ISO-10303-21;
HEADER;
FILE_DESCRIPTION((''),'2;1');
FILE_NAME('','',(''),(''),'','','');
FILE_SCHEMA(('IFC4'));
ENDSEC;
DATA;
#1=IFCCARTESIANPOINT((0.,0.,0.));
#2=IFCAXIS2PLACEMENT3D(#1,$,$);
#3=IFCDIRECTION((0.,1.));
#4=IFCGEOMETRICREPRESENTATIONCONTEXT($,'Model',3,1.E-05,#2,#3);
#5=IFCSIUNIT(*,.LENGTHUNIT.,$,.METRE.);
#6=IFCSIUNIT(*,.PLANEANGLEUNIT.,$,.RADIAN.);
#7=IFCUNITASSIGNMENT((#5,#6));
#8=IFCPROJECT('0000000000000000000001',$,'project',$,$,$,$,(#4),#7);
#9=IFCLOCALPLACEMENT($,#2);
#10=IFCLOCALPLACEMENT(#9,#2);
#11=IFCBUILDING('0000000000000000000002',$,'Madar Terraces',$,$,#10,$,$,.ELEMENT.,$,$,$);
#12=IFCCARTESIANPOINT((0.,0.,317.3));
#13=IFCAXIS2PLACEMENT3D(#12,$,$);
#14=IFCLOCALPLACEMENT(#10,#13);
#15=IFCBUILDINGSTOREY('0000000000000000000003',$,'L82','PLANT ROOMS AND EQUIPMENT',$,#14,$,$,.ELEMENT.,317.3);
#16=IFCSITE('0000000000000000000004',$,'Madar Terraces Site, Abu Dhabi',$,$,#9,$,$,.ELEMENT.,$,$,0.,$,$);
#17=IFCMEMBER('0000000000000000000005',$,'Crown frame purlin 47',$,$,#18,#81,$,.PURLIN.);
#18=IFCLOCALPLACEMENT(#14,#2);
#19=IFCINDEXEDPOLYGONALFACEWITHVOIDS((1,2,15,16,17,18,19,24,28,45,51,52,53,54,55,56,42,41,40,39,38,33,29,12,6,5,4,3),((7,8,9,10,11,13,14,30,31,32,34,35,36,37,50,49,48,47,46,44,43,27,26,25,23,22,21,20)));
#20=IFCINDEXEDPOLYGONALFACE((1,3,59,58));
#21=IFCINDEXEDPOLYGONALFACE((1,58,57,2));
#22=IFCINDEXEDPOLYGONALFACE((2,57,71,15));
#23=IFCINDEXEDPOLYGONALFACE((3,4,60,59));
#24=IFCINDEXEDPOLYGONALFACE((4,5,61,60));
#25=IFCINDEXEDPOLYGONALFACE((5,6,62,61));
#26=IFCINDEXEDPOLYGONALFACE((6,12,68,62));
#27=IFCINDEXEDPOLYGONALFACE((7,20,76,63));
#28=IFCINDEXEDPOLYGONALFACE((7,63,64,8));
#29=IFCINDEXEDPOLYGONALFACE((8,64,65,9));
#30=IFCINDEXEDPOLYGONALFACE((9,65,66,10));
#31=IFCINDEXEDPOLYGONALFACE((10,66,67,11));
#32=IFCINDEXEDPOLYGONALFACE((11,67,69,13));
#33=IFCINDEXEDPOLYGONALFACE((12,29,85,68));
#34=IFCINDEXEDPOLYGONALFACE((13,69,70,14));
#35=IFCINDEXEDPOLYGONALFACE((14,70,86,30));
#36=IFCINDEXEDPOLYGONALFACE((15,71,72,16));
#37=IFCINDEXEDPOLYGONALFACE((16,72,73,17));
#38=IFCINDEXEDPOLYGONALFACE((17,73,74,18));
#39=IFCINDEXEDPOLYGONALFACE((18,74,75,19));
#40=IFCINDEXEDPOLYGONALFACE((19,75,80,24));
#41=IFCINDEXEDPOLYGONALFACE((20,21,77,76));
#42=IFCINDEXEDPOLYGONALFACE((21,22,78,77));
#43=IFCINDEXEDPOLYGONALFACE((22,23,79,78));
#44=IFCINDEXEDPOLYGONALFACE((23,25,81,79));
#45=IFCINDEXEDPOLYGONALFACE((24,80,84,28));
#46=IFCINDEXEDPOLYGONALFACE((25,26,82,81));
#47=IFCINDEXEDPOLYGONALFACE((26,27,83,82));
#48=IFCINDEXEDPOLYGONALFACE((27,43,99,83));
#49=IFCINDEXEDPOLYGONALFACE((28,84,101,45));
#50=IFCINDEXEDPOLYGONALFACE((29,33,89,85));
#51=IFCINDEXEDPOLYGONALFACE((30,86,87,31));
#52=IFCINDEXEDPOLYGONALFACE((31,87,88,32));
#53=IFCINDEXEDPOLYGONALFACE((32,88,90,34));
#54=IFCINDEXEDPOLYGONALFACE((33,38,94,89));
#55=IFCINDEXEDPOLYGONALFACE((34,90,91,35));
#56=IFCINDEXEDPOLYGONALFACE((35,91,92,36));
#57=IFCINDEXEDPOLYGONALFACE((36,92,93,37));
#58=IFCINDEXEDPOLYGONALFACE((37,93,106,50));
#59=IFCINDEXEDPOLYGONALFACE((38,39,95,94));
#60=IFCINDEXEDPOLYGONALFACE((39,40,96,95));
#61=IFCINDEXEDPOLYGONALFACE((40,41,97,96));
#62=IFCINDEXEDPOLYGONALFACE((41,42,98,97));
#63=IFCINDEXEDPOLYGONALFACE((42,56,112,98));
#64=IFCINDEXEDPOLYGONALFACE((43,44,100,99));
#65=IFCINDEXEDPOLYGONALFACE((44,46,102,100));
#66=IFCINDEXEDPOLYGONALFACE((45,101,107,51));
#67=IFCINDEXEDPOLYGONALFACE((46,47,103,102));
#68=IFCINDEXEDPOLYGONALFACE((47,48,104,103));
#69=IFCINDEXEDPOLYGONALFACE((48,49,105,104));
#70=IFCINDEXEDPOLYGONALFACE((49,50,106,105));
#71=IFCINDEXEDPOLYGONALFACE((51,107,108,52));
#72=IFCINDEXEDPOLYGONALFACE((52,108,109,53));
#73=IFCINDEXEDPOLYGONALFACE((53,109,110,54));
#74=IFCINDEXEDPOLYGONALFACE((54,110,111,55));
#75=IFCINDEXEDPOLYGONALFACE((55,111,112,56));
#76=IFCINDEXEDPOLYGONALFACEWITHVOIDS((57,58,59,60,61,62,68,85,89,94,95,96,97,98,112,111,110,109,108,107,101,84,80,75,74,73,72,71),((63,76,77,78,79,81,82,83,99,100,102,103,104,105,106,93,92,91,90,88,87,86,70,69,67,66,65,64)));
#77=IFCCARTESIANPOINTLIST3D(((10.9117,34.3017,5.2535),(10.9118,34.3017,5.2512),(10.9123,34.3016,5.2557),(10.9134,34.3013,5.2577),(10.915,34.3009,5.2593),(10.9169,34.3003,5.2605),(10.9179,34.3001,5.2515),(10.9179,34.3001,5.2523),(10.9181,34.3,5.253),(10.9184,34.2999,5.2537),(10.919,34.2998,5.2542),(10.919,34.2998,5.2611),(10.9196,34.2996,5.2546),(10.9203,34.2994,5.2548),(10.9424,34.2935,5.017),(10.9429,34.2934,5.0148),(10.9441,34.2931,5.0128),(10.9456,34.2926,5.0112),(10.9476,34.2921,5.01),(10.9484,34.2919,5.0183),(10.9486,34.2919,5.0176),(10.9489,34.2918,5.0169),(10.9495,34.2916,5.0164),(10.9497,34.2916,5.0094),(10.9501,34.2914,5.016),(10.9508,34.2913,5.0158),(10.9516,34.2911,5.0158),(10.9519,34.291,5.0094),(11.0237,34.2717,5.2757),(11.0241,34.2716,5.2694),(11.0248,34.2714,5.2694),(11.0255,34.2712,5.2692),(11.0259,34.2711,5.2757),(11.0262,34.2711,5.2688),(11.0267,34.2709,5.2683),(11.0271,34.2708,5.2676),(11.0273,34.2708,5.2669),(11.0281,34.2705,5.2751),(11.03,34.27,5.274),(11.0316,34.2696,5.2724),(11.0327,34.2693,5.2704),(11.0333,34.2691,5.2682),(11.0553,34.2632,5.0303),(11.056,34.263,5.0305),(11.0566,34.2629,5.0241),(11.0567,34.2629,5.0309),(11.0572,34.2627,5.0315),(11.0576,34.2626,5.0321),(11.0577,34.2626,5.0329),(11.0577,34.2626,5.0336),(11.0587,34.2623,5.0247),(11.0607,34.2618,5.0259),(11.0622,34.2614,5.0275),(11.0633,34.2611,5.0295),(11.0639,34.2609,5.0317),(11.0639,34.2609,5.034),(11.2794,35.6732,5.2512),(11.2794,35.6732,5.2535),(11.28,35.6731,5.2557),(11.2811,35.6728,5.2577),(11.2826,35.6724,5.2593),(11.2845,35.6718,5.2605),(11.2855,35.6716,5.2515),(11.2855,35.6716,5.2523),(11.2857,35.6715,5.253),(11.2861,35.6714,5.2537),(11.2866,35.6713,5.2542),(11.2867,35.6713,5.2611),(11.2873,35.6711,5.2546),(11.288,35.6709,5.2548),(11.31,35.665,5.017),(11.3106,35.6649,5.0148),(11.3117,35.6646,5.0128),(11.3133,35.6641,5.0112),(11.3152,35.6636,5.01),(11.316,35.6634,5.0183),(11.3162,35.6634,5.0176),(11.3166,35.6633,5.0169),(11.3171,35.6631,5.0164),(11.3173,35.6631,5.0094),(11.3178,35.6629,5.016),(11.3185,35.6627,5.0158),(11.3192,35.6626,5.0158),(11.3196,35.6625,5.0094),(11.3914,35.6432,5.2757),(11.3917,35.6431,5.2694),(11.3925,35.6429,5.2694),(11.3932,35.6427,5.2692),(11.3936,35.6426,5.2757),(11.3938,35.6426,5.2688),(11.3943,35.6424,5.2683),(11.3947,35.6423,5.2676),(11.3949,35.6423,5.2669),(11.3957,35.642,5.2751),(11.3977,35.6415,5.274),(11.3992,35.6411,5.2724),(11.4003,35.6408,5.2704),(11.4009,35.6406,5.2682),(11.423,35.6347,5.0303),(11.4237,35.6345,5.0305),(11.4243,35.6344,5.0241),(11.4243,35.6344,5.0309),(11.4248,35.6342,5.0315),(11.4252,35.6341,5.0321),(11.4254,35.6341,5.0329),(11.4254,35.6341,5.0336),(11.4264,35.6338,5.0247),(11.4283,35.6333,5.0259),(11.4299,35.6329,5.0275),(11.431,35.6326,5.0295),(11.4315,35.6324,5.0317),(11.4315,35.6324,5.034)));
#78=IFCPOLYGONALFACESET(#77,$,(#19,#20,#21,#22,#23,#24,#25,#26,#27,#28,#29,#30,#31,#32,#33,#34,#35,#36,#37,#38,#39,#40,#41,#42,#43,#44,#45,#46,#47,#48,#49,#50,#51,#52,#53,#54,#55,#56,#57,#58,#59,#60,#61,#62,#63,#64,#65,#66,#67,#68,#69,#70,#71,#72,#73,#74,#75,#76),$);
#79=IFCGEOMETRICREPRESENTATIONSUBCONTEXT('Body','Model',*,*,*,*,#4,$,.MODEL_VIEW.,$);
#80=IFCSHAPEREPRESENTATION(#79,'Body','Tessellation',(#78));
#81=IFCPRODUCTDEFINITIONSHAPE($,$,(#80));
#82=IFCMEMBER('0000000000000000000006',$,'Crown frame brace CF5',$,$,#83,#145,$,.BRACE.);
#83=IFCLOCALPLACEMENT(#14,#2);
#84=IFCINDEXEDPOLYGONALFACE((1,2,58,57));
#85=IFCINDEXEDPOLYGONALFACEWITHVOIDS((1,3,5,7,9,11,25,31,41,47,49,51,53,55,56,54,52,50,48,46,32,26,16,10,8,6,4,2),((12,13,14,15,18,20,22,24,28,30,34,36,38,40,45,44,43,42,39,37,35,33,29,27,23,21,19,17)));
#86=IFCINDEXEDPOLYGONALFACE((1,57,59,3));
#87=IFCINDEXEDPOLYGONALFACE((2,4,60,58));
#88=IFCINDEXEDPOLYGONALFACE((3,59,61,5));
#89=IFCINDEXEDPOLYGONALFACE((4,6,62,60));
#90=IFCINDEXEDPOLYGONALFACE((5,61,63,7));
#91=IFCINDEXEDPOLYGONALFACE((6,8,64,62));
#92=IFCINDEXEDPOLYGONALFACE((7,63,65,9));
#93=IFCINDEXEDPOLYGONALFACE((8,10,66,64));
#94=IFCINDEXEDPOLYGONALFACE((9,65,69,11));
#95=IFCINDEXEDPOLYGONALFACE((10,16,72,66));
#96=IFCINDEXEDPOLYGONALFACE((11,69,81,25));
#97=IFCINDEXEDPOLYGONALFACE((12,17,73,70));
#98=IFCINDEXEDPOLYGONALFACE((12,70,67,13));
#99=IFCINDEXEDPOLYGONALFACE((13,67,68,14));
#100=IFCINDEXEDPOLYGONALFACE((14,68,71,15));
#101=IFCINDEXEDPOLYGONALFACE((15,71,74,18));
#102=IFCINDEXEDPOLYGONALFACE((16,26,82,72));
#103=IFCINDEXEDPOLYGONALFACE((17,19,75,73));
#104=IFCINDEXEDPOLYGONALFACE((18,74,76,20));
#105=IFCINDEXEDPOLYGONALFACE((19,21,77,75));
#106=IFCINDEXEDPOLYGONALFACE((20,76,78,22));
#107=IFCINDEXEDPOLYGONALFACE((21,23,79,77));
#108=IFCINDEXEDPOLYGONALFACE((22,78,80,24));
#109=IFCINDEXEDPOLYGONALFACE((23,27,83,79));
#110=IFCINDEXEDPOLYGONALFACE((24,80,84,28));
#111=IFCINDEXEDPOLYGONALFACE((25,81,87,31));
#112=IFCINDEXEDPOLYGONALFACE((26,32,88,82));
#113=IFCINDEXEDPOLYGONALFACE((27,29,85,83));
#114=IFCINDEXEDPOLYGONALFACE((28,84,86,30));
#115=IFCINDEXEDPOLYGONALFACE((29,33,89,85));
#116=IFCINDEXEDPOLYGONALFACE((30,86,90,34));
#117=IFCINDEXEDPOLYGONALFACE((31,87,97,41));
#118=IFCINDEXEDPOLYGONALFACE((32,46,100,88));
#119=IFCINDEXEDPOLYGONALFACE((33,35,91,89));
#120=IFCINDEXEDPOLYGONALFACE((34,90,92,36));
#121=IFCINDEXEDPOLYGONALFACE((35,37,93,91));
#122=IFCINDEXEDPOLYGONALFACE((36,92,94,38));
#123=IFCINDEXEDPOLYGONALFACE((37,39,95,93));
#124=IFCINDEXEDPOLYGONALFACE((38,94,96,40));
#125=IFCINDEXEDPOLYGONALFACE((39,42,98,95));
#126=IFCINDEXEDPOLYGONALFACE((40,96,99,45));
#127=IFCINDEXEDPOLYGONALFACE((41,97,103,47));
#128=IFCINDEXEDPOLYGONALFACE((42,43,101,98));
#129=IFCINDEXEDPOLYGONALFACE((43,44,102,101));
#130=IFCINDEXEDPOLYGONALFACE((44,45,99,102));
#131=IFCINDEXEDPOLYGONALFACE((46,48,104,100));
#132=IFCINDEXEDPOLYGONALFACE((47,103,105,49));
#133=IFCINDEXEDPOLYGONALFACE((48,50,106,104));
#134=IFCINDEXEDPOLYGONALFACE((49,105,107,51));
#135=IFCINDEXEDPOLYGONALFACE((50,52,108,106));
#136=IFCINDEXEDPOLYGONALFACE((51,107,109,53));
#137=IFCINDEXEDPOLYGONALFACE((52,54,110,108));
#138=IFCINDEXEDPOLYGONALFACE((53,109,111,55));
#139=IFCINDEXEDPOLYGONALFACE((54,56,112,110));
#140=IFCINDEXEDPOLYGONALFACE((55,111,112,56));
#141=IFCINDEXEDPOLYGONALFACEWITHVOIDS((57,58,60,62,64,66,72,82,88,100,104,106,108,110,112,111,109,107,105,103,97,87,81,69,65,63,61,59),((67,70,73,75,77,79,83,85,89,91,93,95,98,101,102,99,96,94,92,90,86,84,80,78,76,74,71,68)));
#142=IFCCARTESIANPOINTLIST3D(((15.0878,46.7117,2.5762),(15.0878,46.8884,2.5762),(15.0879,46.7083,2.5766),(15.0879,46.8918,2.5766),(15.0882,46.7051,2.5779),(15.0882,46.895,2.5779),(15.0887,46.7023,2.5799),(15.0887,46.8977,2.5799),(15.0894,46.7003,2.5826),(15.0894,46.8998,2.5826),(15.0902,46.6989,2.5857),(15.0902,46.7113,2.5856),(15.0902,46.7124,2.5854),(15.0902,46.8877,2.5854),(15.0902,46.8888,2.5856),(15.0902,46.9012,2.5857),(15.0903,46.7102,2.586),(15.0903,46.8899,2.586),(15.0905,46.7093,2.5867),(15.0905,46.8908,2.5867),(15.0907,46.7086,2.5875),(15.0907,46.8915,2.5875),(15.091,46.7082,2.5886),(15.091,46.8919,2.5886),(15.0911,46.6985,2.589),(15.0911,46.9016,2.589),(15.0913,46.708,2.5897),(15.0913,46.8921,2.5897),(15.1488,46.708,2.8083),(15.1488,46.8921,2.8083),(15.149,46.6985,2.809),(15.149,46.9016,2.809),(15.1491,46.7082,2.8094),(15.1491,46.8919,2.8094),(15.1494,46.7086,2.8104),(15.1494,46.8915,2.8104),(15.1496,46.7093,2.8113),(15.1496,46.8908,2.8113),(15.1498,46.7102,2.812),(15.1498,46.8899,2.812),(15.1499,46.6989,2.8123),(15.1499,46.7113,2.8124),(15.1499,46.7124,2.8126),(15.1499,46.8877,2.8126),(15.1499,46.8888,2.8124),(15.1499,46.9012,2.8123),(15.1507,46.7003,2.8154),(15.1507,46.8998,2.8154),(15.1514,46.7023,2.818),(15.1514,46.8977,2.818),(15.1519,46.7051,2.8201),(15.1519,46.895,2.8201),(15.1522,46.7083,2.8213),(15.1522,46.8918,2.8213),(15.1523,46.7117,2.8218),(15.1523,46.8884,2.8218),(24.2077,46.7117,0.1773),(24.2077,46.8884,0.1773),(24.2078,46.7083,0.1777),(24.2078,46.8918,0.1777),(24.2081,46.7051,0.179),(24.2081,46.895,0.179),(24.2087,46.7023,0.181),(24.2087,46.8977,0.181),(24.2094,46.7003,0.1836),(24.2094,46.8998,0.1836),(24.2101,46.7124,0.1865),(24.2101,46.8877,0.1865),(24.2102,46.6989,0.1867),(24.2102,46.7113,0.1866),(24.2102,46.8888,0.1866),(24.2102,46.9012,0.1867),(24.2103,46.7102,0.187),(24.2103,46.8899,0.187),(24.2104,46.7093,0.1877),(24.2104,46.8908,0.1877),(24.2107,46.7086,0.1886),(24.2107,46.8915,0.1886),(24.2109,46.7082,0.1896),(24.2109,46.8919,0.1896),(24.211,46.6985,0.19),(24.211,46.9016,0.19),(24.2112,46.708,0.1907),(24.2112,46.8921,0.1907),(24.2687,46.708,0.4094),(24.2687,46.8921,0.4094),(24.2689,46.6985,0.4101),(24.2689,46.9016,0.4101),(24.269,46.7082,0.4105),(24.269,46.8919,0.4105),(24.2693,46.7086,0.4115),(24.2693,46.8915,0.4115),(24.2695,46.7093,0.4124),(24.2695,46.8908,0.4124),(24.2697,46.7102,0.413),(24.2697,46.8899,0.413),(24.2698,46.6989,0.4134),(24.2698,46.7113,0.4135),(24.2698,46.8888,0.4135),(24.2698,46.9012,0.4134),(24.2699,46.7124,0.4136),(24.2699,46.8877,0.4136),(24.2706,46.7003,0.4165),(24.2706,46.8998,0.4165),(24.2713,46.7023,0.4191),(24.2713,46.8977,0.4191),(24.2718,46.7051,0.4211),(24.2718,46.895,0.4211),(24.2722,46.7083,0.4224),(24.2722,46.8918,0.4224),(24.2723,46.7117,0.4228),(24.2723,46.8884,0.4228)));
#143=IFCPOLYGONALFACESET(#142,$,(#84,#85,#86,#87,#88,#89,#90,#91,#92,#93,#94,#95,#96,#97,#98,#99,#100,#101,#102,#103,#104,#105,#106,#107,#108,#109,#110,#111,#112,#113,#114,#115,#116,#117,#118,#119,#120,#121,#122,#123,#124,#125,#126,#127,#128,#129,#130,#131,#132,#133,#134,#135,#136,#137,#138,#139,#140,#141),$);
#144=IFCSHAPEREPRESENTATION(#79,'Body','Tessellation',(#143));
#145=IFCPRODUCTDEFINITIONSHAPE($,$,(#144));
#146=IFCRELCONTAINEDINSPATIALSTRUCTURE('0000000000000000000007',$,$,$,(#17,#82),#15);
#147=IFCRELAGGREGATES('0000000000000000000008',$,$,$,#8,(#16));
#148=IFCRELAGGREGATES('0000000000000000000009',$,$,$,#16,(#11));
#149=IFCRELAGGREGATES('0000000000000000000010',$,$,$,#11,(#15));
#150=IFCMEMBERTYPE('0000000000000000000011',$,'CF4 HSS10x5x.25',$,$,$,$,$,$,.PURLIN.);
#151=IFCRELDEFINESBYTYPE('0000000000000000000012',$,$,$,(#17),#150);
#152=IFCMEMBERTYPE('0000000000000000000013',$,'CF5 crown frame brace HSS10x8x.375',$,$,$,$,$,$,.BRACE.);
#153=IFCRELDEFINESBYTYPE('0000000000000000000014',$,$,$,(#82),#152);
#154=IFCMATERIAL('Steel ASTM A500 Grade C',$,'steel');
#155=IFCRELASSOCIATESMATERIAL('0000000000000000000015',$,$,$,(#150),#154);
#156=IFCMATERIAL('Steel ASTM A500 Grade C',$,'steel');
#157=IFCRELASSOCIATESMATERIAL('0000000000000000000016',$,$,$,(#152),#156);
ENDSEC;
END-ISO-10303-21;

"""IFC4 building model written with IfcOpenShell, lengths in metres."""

from ifc_helpers import new_model, si_unit, direction, frame, origin, origin_2d, place, context, subcontext, project, spatial, hollow_rectangle, extrude, material, material_profile, profile_set, type_object, element, save


model = new_model("IFC4")

# Units and contexts
model_context = context("Model", 3, precision=1e-05, world=origin(), true_north=direction((0.0, 1.0)))
body_context = subcontext(model_context, "Body", "Model", "MODEL_VIEW")
ifc_project = project(units=[si_unit("LENGTHUNIT", "METRE"), si_unit("PLANEANGLEUNIT", "RADIAN")], contexts=[model_context])

# Site, building, storey
site_placement = place(None, origin())
site = spatial("IfcSite", under=ifc_project, at=site_placement, Name="Madar Terraces Site, Abu Dhabi", CompositionType="ELEMENT", RefElevation=0.0)
building_placement = place(site_placement, origin())
building = spatial("IfcBuilding", under=site, at=building_placement, Name="Madar Terraces", CompositionType="ELEMENT")
storey_placement = place(building_placement, frame((0.0, 0.0, 317.3)))
storey = spatial("IfcBuildingStorey", under=building, at=storey_placement, Name="L82", Description="PLANT ROOMS AND EQUIPMENT", CompositionType="ELEMENT", Elevation=317.3)

# Members
ifc_material_1 = material(Name="Steel ASTM A500 Grade C", Category="steel")
ifc_material_profile_1 = material_profile(ifc_material_1, hollow_rectangle(XDim=0.127, YDim=0.2539, WallThickness=0.0063, InnerFilletRadius=0.0029, OuterFilletRadius=0.0088, at=origin_2d()), Name="HSS10x5x.25")
ifc_profile_set_1 = profile_set([ifc_material_profile_1], Name="Steel ASTM A500 Grade C")
member_type_1 = type_object("IfcMemberType", Name="CF4 HSS10x5x.25", PredefinedType="PURLIN", material=ifc_profile_set_1)
member_1_placement = place(storey_placement, frame((11.3555, 35.6528, 5.1426), z_axis=(-0.258925, -0.965897, 0.0), x_axis=(0.957175, -0.256587, 0.134086)))
element("IfcMember", 1, at=member_1_placement, inside=storey, type_object=member_type_1, Name="Crown frame purlin 47", PredefinedType="PURLIN", context=body_context, shape_type="SweptSolid", body=[
    extrude(hollow_rectangle(XDim=0.127, YDim=0.2539, WallThickness=0.0063, InnerFilletRadius=0.0029, OuterFilletRadius=0.0088, at=origin_2d()), origin(), (0.0, 0.0, 1.0), 1.4199),
])
ifc_material_2 = material(Name="Steel ASTM A500 Grade C", Category="steel")
ifc_material_profile_2 = material_profile(ifc_material_2, hollow_rectangle(XDim=0.2031, YDim=0.2539, WallThickness=0.0095, InnerFilletRadius=0.0044, OuterFilletRadius=0.0132, at=origin_2d()), Name="HSS10x8x.375")
ifc_profile_set_2 = profile_set([ifc_material_profile_2], Name="Steel ASTM A500 Grade C")
member_type_2 = type_object("IfcMemberType", Name="CF5 crown frame brace HSS10x8x.375", PredefinedType="BRACE", material=ifc_profile_set_2)
member_2_placement = place(storey_placement, frame((24.24, 46.8, 0.3), z_axis=(-0.967102, 0.0, 0.25439), x_axis=(0.0, -1.0, 0.0)))
element("IfcMember", 2, at=member_2_placement, inside=storey, type_object=member_type_2, Name="Crown frame brace CF5", PredefinedType="BRACE", context=body_context, shape_type="SweptSolid", body=[
    extrude(hollow_rectangle(XDim=0.2031, YDim=0.2539, WallThickness=0.0095, InnerFilletRadius=0.0044, OuterFilletRadius=0.0132, at=origin_2d()), origin(), (0.0, 0.0, 1.0), 9.4302),
])

save(model, "model.ifc")
